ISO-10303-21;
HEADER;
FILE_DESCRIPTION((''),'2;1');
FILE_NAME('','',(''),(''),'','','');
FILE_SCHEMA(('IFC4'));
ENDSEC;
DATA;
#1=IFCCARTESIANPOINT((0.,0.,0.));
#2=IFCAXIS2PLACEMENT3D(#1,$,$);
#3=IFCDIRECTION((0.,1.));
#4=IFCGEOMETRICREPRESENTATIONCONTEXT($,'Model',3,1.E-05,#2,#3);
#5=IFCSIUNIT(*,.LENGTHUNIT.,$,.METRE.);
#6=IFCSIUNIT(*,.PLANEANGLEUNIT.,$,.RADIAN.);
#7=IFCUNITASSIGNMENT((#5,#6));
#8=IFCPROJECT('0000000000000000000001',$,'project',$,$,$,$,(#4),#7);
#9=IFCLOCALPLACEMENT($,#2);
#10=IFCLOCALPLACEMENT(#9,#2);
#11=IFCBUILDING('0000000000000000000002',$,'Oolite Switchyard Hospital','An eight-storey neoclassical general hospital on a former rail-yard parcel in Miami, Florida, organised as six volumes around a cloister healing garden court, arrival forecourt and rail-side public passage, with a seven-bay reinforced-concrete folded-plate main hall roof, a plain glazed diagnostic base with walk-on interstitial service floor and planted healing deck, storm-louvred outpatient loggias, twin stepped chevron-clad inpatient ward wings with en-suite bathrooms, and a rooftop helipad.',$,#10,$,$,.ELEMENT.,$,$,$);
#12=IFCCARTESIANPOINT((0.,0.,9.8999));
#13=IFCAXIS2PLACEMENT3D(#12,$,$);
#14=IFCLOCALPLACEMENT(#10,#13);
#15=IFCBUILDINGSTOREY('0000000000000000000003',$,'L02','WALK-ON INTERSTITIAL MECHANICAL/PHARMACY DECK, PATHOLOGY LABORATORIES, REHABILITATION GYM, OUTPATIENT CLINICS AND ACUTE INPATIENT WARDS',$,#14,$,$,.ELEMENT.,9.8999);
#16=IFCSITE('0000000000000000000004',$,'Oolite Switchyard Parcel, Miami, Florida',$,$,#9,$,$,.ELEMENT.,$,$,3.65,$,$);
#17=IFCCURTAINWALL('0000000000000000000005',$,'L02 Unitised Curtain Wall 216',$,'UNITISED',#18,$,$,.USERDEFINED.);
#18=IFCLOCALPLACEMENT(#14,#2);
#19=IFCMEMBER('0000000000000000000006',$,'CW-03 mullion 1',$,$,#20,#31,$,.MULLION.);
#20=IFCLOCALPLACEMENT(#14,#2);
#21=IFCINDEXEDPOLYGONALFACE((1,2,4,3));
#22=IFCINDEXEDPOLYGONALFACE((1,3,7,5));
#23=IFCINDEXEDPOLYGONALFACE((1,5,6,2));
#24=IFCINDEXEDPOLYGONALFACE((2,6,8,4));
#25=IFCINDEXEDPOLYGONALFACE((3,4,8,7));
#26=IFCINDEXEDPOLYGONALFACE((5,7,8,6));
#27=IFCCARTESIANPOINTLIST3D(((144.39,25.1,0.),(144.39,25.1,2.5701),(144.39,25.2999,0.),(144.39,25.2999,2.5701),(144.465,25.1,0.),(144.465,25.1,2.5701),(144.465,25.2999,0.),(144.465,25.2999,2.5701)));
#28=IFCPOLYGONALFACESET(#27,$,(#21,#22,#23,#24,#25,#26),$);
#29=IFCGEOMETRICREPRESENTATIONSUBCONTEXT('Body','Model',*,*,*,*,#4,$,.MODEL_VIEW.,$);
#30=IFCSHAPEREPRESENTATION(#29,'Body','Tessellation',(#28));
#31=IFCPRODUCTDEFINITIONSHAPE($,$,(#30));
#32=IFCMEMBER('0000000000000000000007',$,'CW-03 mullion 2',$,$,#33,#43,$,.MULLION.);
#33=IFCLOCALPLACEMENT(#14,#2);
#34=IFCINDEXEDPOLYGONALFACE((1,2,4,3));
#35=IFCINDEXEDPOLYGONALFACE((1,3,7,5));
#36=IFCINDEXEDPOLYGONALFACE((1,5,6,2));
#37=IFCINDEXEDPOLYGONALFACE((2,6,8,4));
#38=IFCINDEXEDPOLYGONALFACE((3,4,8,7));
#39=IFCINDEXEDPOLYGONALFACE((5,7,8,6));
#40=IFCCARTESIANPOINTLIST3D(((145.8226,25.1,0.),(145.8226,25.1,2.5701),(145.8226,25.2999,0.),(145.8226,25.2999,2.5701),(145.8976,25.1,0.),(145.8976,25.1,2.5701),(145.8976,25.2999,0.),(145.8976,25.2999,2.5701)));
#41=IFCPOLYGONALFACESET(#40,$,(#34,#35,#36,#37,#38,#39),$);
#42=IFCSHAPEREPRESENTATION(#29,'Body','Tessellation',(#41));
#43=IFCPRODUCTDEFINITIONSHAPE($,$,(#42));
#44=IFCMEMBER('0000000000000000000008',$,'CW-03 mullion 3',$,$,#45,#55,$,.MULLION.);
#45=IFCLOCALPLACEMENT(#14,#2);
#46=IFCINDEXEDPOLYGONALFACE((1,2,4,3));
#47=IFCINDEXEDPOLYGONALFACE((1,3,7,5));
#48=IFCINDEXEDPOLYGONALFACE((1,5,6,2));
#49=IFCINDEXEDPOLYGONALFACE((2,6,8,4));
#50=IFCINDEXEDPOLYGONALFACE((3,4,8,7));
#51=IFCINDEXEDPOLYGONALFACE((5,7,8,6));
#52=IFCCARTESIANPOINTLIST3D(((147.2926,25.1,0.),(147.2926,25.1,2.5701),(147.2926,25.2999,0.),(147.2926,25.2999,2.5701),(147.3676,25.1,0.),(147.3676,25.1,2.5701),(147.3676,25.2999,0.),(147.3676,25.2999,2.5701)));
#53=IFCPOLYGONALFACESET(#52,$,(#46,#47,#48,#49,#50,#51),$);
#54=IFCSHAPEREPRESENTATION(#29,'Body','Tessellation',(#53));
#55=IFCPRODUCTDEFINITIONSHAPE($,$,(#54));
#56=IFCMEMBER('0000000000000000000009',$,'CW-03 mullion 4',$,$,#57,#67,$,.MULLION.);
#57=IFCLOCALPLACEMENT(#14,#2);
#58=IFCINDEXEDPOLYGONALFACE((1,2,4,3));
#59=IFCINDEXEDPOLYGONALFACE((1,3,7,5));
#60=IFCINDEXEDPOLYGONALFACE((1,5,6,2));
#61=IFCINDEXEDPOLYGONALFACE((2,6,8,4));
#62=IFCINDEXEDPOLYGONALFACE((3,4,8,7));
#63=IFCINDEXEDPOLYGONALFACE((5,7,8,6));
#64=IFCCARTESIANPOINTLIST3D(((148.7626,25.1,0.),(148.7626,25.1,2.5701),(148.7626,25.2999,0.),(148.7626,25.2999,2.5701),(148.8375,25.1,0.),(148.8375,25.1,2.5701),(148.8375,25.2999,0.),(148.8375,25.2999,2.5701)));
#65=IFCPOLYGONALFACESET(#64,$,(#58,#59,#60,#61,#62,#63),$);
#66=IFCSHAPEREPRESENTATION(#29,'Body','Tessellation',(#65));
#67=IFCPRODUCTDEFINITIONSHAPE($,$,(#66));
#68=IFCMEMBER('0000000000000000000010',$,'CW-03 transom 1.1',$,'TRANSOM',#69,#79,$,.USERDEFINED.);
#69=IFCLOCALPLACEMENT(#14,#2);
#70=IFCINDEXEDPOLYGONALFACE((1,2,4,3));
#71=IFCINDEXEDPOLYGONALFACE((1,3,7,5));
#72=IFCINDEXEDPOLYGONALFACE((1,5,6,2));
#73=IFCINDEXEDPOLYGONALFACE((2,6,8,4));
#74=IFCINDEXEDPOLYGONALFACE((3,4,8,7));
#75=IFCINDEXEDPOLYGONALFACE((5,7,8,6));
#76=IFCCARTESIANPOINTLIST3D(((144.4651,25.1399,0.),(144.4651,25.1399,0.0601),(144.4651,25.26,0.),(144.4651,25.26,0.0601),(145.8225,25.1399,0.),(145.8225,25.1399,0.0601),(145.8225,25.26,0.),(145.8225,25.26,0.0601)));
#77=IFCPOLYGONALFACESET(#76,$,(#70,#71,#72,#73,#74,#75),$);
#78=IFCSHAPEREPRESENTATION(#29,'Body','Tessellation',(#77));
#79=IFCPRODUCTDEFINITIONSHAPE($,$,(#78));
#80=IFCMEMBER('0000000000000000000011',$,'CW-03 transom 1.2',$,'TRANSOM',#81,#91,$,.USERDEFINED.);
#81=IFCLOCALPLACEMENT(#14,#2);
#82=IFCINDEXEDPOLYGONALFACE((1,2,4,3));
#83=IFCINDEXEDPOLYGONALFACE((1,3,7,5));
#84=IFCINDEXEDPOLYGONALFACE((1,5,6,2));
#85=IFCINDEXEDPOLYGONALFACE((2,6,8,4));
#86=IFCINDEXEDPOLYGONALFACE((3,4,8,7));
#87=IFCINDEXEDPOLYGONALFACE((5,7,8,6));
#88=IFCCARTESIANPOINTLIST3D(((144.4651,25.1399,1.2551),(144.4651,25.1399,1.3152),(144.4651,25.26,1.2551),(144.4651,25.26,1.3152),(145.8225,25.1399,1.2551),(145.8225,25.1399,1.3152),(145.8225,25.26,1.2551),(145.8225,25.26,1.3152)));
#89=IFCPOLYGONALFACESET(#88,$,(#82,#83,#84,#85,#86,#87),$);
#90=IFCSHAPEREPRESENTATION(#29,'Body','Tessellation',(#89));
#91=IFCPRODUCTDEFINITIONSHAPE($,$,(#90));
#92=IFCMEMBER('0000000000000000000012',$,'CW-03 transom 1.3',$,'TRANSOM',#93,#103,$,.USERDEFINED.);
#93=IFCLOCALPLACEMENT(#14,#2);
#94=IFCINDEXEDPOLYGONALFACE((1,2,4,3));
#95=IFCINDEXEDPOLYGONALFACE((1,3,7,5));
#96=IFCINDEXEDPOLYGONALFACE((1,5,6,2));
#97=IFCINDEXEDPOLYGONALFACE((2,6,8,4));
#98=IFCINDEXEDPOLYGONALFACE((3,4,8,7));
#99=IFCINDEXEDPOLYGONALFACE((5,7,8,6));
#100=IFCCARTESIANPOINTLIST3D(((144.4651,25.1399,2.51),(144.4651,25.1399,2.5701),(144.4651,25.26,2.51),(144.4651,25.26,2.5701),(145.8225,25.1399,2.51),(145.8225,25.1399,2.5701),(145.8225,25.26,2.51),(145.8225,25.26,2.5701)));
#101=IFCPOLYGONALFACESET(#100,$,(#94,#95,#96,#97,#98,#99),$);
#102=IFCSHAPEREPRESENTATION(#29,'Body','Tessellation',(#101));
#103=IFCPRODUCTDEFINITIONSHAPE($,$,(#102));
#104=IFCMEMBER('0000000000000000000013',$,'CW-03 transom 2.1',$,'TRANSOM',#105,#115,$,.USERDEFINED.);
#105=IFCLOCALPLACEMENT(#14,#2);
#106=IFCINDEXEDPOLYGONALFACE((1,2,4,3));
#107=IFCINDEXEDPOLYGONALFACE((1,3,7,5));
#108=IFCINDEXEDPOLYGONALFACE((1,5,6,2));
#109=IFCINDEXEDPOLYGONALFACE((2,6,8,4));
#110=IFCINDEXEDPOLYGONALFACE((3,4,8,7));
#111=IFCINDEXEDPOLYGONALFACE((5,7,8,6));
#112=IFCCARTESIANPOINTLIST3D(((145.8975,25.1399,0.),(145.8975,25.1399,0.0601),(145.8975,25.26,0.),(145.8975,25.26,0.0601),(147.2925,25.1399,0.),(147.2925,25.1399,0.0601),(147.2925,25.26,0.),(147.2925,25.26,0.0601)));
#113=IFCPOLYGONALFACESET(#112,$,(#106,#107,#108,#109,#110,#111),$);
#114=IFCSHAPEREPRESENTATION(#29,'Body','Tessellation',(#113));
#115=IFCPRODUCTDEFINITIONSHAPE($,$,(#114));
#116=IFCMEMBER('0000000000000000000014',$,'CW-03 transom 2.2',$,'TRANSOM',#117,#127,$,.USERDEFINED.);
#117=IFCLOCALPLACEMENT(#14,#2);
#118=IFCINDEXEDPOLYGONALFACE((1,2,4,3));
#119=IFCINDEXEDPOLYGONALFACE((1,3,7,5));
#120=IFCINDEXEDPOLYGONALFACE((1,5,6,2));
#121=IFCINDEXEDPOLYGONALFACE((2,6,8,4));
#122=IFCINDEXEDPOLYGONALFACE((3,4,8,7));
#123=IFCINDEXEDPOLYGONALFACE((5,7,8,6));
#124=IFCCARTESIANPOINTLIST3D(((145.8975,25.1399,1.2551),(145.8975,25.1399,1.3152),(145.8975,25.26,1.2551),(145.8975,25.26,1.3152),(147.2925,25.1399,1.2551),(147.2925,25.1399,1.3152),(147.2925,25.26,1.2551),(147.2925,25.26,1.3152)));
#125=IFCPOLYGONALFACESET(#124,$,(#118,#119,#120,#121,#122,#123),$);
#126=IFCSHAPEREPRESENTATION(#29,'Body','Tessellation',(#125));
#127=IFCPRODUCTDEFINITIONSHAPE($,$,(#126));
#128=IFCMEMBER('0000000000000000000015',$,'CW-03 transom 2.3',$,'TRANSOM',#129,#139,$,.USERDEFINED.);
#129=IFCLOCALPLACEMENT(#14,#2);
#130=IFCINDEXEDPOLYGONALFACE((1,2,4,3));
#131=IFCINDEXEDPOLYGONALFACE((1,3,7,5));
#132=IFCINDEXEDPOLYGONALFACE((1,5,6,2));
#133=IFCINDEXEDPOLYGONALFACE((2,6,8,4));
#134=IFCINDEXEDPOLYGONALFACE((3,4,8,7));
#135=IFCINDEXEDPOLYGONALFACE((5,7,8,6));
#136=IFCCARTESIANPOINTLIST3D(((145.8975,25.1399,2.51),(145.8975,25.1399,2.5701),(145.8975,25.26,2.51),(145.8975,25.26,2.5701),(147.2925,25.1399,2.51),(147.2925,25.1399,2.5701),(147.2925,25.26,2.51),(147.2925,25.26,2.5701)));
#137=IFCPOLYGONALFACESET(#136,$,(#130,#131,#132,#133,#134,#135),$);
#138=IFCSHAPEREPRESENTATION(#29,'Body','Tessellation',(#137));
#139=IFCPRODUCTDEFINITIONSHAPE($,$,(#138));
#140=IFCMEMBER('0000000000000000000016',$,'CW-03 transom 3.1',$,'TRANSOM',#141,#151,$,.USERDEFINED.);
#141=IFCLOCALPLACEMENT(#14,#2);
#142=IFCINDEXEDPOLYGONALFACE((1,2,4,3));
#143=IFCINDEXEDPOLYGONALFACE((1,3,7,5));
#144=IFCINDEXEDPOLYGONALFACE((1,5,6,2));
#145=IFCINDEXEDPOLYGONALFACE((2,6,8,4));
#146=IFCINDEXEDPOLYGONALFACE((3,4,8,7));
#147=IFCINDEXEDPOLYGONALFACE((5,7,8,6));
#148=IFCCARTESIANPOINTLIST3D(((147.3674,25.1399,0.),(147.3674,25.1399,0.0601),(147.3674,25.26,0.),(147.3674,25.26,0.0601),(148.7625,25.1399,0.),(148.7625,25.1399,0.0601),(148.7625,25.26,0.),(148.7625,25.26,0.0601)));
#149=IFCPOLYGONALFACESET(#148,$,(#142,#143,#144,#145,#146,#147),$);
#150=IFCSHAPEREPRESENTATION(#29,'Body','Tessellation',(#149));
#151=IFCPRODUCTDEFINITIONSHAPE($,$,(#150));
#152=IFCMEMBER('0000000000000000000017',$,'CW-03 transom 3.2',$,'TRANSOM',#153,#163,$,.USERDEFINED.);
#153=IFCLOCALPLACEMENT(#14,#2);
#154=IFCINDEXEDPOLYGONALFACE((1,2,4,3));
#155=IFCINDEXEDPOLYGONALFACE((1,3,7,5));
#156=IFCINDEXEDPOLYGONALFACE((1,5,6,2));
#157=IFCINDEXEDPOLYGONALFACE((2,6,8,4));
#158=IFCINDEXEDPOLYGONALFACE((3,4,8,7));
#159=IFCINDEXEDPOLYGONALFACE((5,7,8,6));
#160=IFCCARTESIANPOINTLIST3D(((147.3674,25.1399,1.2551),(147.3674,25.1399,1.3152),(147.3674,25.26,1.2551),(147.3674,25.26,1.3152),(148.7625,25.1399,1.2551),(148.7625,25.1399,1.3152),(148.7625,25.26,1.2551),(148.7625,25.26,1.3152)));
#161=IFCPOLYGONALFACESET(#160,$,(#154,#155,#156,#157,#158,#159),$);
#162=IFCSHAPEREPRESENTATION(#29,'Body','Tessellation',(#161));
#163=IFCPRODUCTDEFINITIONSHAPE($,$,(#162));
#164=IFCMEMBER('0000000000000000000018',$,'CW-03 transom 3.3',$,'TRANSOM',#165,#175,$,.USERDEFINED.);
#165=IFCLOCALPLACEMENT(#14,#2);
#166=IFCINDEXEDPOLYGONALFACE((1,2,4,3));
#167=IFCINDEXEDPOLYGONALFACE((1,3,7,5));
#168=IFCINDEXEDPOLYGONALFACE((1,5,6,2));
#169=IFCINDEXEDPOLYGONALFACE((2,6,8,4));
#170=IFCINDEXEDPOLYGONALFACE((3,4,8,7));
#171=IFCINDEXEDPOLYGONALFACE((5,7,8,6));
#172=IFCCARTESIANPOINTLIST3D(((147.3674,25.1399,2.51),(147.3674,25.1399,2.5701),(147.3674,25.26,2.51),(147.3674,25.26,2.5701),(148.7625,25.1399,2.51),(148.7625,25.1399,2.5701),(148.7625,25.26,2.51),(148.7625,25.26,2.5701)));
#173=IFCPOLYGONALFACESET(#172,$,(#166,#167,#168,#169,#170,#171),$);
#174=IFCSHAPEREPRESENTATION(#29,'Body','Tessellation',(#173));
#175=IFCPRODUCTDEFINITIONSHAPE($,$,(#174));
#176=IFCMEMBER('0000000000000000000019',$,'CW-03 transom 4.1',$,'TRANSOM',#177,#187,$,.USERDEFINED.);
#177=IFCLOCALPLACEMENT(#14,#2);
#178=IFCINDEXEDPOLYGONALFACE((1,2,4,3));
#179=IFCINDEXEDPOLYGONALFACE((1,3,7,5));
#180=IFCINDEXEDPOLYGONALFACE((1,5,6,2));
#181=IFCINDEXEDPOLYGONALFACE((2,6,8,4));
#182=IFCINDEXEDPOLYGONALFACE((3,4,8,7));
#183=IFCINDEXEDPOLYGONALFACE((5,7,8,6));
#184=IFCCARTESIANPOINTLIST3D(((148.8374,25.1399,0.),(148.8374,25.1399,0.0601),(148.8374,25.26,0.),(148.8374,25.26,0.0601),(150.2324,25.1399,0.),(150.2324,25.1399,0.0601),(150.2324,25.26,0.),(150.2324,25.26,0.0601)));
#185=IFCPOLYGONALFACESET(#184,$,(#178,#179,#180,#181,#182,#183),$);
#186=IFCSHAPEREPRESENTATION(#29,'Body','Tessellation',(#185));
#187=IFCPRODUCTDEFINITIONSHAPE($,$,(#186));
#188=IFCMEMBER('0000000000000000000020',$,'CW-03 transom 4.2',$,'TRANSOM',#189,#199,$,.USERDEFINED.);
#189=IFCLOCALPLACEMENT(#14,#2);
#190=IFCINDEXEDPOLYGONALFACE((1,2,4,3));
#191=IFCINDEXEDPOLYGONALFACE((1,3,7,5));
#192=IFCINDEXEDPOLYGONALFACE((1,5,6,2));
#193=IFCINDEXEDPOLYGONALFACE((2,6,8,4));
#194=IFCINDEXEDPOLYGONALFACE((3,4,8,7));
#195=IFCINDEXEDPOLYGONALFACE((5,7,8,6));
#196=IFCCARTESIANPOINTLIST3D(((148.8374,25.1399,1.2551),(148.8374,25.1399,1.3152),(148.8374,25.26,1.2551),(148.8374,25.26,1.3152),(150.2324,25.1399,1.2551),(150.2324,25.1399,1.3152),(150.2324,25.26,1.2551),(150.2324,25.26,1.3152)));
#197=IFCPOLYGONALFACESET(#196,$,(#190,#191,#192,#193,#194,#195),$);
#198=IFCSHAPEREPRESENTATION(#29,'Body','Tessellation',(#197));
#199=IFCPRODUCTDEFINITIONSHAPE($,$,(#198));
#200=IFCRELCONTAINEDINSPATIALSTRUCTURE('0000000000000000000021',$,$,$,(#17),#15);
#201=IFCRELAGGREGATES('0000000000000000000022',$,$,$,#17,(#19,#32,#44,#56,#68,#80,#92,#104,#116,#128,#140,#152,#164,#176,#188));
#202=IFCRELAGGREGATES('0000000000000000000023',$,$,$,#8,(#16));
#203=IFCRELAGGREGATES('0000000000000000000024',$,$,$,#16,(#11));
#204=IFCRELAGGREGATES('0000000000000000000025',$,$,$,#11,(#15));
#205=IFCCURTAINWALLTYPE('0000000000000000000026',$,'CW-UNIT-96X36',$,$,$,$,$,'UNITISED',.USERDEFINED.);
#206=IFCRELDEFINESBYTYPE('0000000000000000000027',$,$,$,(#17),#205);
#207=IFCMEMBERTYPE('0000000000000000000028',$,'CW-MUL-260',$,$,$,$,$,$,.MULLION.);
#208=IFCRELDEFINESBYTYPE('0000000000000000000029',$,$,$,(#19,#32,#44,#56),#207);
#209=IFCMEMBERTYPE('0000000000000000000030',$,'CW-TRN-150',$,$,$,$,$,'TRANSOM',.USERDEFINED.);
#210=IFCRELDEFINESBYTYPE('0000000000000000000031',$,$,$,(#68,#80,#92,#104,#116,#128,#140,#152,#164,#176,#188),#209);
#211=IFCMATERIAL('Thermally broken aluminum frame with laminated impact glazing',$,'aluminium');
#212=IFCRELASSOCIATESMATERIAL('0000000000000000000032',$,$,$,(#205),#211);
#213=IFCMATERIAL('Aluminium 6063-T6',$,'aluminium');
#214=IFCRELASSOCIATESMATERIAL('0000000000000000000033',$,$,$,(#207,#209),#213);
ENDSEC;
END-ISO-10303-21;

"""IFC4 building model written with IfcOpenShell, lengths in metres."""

from ifc_helpers import new_model, si_unit, direction, frame, origin, origin_2d, place, context, subcontext, project, spatial, rectangle, extrude, material, material_profile, profile_set, type_object, element, aggregate, save


model = new_model("IFC4")

# Units and contexts
model_context = context("Model", 3, precision=1e-05, world=origin(), true_north=direction((0.0, 1.0)))
body_context = subcontext(model_context, "Body", "Model", "MODEL_VIEW")
ifc_project = project(units=[si_unit("LENGTHUNIT", "METRE"), si_unit("PLANEANGLEUNIT", "RADIAN")], contexts=[model_context])

# Site, building, storey
site_placement = place(None, origin())
site = spatial("IfcSite", under=ifc_project, at=site_placement, Name="Oolite Switchyard Parcel, Miami, Florida", CompositionType="ELEMENT", RefElevation=3.65)
building_placement = place(site_placement, origin())
building = spatial("IfcBuilding", under=site, at=building_placement, Name="Oolite Switchyard Hospital", Description="An eight-storey neoclassical general hospital on a former rail-yard parcel in Miami, Florida, organised as six volumes around a cloister healing garden court, arrival forecourt and rail-side public passage, with a seven-bay reinforced-concrete folded-plate main hall roof, a plain glazed diagnostic base with walk-on interstitial service floor and planted healing deck, storm-louvred outpatient loggias, twin stepped chevron-clad inpatient ward wings with en-suite bathrooms, and a rooftop helipad.", CompositionType="ELEMENT")
storey_placement = place(building_placement, frame((0.0, 0.0, 9.8999)))
storey = spatial("IfcBuildingStorey", under=building, at=storey_placement, Name="L02", Description="WALK-ON INTERSTITIAL MECHANICAL/PHARMACY DECK, PATHOLOGY LABORATORIES, REHABILITATION GYM, OUTPATIENT CLINICS AND ACUTE INPATIENT WARDS", CompositionType="ELEMENT", Elevation=9.8999)

# Curtain wall, members
ifc_material_1 = material(Name="Thermally broken aluminum frame with laminated impact glazing", Category="aluminium")
curtain_wall_type = type_object("IfcCurtainWallType", Name="CW-UNIT-96X36", ElementType="UNITISED", PredefinedType="USERDEFINED", material=ifc_material_1)
curtain_wall_placement = place(storey_placement, origin())
curtain_wall = element("IfcCurtainWall", 1, at=curtain_wall_placement, inside=storey, type_object=curtain_wall_type, Name="L02 Unitised Curtain Wall 216", ObjectType="UNITISED", PredefinedType="USERDEFINED")
ifc_material_2 = material(Name="Aluminium 6063-T6", Category="aluminium")
ifc_material_profile_1 = material_profile(ifc_material_2, rectangle(XDim=0.2, YDim=0.075, at=origin_2d()), Name="CWM75X200")
ifc_profile_set_1 = profile_set([ifc_material_profile_1], Name="Aluminium 6063-T6")
member_type_1 = type_object("IfcMemberType", Name="CW-MUL-260", PredefinedType="MULLION", material=ifc_profile_set_1)
member_1_placement = place(storey_placement, frame((144.4275, 25.2, 0.0), z_axis=(0.0, 0.0, 1.0), x_axis=(0.0, 1.0, 0.0)))
member_1 = element("IfcMember", 2, at=member_1_placement, type_object=member_type_1, Name="CW-03 mullion 1", PredefinedType="MULLION", context=body_context, shape_type="SweptSolid", body=[
    extrude(rectangle(XDim=0.2, YDim=0.075, at=origin_2d()), origin(), (0.0, 0.0, 1.0), 2.5701),
])
member_2_placement = place(storey_placement, frame((145.8601, 25.2, 0.0), z_axis=(0.0, 0.0, 1.0), x_axis=(0.0, 1.0, 0.0)))
member_2 = element("IfcMember", 3, at=member_2_placement, type_object=member_type_1, Name="CW-03 mullion 2", PredefinedType="MULLION", context=body_context, shape_type="SweptSolid", body=[
    extrude(rectangle(XDim=0.2, YDim=0.075, at=origin_2d()), origin(), (0.0, 0.0, 1.0), 2.5701),
])
member_3_placement = place(storey_placement, frame((147.3301, 25.2, 0.0), z_axis=(0.0, 0.0, 1.0), x_axis=(0.0, 1.0, 0.0)))
member_3 = element("IfcMember", 4, at=member_3_placement, type_object=member_type_1, Name="CW-03 mullion 3", PredefinedType="MULLION", context=body_context, shape_type="SweptSolid", body=[
    extrude(rectangle(XDim=0.2, YDim=0.075, at=origin_2d()), origin(), (0.0, 0.0, 1.0), 2.5701),
])
member_4_placement = place(storey_placement, frame((148.8, 25.2, 0.0), z_axis=(0.0, 0.0, 1.0), x_axis=(0.0, 1.0, 0.0)))
member_4 = element("IfcMember", 5, at=member_4_placement, type_object=member_type_1, Name="CW-03 mullion 4", PredefinedType="MULLION", context=body_context, shape_type="SweptSolid", body=[
    extrude(rectangle(XDim=0.2, YDim=0.075, at=origin_2d()), origin(), (0.0, 0.0, 1.0), 2.5701),
])
ifc_material_profile_2 = material_profile(ifc_material_2, rectangle(XDim=0.1201, YDim=0.0601, at=origin_2d()), Name="CWT60X120")
ifc_profile_set_2 = profile_set([ifc_material_profile_2], Name="Aluminium 6063-T6")
member_type_2 = type_object("IfcMemberType", Name="CW-TRN-150", ElementType="TRANSOM", PredefinedType="USERDEFINED", material=ifc_profile_set_2)
member_5_placement = place(storey_placement, frame((144.4651, 25.2, 0.03), z_axis=(1.0, 0.0, 0.0), x_axis=(0.0, 1.0, 0.0)))
member_5 = element("IfcMember", 6, at=member_5_placement, type_object=member_type_2, Name="CW-03 transom 1.1", ObjectType="TRANSOM", PredefinedType="USERDEFINED", context=body_context, shape_type="SweptSolid", body=[
    extrude(rectangle(XDim=0.1201, YDim=0.0601, at=origin_2d()), origin(), (0.0, 0.0, 1.0), 1.3574),
])
member_6_placement = place(storey_placement, frame((144.4651, 25.2, 1.2852), z_axis=(1.0, 0.0, 0.0), x_axis=(0.0, 1.0, 0.0)))
member_6 = element("IfcMember", 7, at=member_6_placement, type_object=member_type_2, Name="CW-03 transom 1.2", ObjectType="TRANSOM", PredefinedType="USERDEFINED", context=body_context, shape_type="SweptSolid", body=[
    extrude(rectangle(XDim=0.1201, YDim=0.0601, at=origin_2d()), origin(), (0.0, 0.0, 1.0), 1.3574),
])
member_7_placement = place(storey_placement, frame((144.4651, 25.2, 2.54), z_axis=(1.0, 0.0, 0.0), x_axis=(0.0, 1.0, 0.0)))
member_7 = element("IfcMember", 8, at=member_7_placement, type_object=member_type_2, Name="CW-03 transom 1.3", ObjectType="TRANSOM", PredefinedType="USERDEFINED", context=body_context, shape_type="SweptSolid", body=[
    extrude(rectangle(XDim=0.1201, YDim=0.0601, at=origin_2d()), origin(), (0.0, 0.0, 1.0), 1.3574),
])
member_8_placement = place(storey_placement, frame((145.8975, 25.2, 0.03), z_axis=(1.0, 0.0, 0.0), x_axis=(0.0, 1.0, 0.0)))
member_8 = element("IfcMember", 9, at=member_8_placement, type_object=member_type_2, Name="CW-03 transom 2.1", ObjectType="TRANSOM", PredefinedType="USERDEFINED", context=body_context, shape_type="SweptSolid", body=[
    extrude(rectangle(XDim=0.1201, YDim=0.0601, at=origin_2d()), origin(), (0.0, 0.0, 1.0), 1.395),
])
member_9_placement = place(storey_placement, frame((145.8975, 25.2, 1.2852), z_axis=(1.0, 0.0, 0.0), x_axis=(0.0, 1.0, 0.0)))
member_9 = element("IfcMember", 10, at=member_9_placement, type_object=member_type_2, Name="CW-03 transom 2.2", ObjectType="TRANSOM", PredefinedType="USERDEFINED", context=body_context, shape_type="SweptSolid", body=[
    extrude(rectangle(XDim=0.1201, YDim=0.0601, at=origin_2d()), origin(), (0.0, 0.0, 1.0), 1.395),
])
member_10_placement = place(storey_placement, frame((145.8975, 25.2, 2.54), z_axis=(1.0, 0.0, 0.0), x_axis=(0.0, 1.0, 0.0)))
member_10 = element("IfcMember", 11, at=member_10_placement, type_object=member_type_2, Name="CW-03 transom 2.3", ObjectType="TRANSOM", PredefinedType="USERDEFINED", context=body_context, shape_type="SweptSolid", body=[
    extrude(rectangle(XDim=0.1201, YDim=0.0601, at=origin_2d()), origin(), (0.0, 0.0, 1.0), 1.395),
])
member_11_placement = place(storey_placement, frame((147.3674, 25.2, 0.03), z_axis=(1.0, 0.0, 0.0), x_axis=(0.0, 1.0, 0.0)))
member_11 = element("IfcMember", 12, at=member_11_placement, type_object=member_type_2, Name="CW-03 transom 3.1", ObjectType="TRANSOM", PredefinedType="USERDEFINED", context=body_context, shape_type="SweptSolid", body=[
    extrude(rectangle(XDim=0.1201, YDim=0.0601, at=origin_2d()), origin(), (0.0, 0.0, 1.0), 1.395),
])
member_12_placement = place(storey_placement, frame((147.3674, 25.2, 1.2852), z_axis=(1.0, 0.0, 0.0), x_axis=(0.0, 1.0, 0.0)))
member_12 = element("IfcMember", 13, at=member_12_placement, type_object=member_type_2, Name="CW-03 transom 3.2", ObjectType="TRANSOM", PredefinedType="USERDEFINED", context=body_context, shape_type="SweptSolid", body=[
    extrude(rectangle(XDim=0.1201, YDim=0.0601, at=origin_2d()), origin(), (0.0, 0.0, 1.0), 1.395),
])
member_13_placement = place(storey_placement, frame((147.3674, 25.2, 2.54), z_axis=(1.0, 0.0, 0.0), x_axis=(0.0, 1.0, 0.0)))
member_13 = element("IfcMember", 14, at=member_13_placement, type_object=member_type_2, Name="CW-03 transom 3.3", ObjectType="TRANSOM", PredefinedType="USERDEFINED", context=body_context, shape_type="SweptSolid", body=[
    extrude(rectangle(XDim=0.1201, YDim=0.0601, at=origin_2d()), origin(), (0.0, 0.0, 1.0), 1.395),
])
member_14_placement = place(storey_placement, frame((148.8374, 25.2, 0.03), z_axis=(1.0, 0.0, 0.0), x_axis=(0.0, 1.0, 0.0)))
member_14 = element("IfcMember", 15, at=member_14_placement, type_object=member_type_2, Name="CW-03 transom 4.1", ObjectType="TRANSOM", PredefinedType="USERDEFINED", context=body_context, shape_type="SweptSolid", body=[
    extrude(rectangle(XDim=0.1201, YDim=0.0601, at=origin_2d()), origin(), (0.0, 0.0, 1.0), 1.395),
])
member_15_placement = place(storey_placement, frame((148.8374, 25.2, 1.2852), z_axis=(1.0, 0.0, 0.0), x_axis=(0.0, 1.0, 0.0)))
member_15 = element("IfcMember", 16, at=member_15_placement, type_object=member_type_2, Name="CW-03 transom 4.2", ObjectType="TRANSOM", PredefinedType="USERDEFINED", context=body_context, shape_type="SweptSolid", body=[
    extrude(rectangle(XDim=0.1201, YDim=0.0601, at=origin_2d()), origin(), (0.0, 0.0, 1.0), 1.395),
])
aggregate(curtain_wall, [member_1, member_2, member_3, member_4, member_5, member_6, member_7, member_8, member_9, member_10, member_11, member_12, member_13, member_14, member_15])

save(model, "model.ifc")
